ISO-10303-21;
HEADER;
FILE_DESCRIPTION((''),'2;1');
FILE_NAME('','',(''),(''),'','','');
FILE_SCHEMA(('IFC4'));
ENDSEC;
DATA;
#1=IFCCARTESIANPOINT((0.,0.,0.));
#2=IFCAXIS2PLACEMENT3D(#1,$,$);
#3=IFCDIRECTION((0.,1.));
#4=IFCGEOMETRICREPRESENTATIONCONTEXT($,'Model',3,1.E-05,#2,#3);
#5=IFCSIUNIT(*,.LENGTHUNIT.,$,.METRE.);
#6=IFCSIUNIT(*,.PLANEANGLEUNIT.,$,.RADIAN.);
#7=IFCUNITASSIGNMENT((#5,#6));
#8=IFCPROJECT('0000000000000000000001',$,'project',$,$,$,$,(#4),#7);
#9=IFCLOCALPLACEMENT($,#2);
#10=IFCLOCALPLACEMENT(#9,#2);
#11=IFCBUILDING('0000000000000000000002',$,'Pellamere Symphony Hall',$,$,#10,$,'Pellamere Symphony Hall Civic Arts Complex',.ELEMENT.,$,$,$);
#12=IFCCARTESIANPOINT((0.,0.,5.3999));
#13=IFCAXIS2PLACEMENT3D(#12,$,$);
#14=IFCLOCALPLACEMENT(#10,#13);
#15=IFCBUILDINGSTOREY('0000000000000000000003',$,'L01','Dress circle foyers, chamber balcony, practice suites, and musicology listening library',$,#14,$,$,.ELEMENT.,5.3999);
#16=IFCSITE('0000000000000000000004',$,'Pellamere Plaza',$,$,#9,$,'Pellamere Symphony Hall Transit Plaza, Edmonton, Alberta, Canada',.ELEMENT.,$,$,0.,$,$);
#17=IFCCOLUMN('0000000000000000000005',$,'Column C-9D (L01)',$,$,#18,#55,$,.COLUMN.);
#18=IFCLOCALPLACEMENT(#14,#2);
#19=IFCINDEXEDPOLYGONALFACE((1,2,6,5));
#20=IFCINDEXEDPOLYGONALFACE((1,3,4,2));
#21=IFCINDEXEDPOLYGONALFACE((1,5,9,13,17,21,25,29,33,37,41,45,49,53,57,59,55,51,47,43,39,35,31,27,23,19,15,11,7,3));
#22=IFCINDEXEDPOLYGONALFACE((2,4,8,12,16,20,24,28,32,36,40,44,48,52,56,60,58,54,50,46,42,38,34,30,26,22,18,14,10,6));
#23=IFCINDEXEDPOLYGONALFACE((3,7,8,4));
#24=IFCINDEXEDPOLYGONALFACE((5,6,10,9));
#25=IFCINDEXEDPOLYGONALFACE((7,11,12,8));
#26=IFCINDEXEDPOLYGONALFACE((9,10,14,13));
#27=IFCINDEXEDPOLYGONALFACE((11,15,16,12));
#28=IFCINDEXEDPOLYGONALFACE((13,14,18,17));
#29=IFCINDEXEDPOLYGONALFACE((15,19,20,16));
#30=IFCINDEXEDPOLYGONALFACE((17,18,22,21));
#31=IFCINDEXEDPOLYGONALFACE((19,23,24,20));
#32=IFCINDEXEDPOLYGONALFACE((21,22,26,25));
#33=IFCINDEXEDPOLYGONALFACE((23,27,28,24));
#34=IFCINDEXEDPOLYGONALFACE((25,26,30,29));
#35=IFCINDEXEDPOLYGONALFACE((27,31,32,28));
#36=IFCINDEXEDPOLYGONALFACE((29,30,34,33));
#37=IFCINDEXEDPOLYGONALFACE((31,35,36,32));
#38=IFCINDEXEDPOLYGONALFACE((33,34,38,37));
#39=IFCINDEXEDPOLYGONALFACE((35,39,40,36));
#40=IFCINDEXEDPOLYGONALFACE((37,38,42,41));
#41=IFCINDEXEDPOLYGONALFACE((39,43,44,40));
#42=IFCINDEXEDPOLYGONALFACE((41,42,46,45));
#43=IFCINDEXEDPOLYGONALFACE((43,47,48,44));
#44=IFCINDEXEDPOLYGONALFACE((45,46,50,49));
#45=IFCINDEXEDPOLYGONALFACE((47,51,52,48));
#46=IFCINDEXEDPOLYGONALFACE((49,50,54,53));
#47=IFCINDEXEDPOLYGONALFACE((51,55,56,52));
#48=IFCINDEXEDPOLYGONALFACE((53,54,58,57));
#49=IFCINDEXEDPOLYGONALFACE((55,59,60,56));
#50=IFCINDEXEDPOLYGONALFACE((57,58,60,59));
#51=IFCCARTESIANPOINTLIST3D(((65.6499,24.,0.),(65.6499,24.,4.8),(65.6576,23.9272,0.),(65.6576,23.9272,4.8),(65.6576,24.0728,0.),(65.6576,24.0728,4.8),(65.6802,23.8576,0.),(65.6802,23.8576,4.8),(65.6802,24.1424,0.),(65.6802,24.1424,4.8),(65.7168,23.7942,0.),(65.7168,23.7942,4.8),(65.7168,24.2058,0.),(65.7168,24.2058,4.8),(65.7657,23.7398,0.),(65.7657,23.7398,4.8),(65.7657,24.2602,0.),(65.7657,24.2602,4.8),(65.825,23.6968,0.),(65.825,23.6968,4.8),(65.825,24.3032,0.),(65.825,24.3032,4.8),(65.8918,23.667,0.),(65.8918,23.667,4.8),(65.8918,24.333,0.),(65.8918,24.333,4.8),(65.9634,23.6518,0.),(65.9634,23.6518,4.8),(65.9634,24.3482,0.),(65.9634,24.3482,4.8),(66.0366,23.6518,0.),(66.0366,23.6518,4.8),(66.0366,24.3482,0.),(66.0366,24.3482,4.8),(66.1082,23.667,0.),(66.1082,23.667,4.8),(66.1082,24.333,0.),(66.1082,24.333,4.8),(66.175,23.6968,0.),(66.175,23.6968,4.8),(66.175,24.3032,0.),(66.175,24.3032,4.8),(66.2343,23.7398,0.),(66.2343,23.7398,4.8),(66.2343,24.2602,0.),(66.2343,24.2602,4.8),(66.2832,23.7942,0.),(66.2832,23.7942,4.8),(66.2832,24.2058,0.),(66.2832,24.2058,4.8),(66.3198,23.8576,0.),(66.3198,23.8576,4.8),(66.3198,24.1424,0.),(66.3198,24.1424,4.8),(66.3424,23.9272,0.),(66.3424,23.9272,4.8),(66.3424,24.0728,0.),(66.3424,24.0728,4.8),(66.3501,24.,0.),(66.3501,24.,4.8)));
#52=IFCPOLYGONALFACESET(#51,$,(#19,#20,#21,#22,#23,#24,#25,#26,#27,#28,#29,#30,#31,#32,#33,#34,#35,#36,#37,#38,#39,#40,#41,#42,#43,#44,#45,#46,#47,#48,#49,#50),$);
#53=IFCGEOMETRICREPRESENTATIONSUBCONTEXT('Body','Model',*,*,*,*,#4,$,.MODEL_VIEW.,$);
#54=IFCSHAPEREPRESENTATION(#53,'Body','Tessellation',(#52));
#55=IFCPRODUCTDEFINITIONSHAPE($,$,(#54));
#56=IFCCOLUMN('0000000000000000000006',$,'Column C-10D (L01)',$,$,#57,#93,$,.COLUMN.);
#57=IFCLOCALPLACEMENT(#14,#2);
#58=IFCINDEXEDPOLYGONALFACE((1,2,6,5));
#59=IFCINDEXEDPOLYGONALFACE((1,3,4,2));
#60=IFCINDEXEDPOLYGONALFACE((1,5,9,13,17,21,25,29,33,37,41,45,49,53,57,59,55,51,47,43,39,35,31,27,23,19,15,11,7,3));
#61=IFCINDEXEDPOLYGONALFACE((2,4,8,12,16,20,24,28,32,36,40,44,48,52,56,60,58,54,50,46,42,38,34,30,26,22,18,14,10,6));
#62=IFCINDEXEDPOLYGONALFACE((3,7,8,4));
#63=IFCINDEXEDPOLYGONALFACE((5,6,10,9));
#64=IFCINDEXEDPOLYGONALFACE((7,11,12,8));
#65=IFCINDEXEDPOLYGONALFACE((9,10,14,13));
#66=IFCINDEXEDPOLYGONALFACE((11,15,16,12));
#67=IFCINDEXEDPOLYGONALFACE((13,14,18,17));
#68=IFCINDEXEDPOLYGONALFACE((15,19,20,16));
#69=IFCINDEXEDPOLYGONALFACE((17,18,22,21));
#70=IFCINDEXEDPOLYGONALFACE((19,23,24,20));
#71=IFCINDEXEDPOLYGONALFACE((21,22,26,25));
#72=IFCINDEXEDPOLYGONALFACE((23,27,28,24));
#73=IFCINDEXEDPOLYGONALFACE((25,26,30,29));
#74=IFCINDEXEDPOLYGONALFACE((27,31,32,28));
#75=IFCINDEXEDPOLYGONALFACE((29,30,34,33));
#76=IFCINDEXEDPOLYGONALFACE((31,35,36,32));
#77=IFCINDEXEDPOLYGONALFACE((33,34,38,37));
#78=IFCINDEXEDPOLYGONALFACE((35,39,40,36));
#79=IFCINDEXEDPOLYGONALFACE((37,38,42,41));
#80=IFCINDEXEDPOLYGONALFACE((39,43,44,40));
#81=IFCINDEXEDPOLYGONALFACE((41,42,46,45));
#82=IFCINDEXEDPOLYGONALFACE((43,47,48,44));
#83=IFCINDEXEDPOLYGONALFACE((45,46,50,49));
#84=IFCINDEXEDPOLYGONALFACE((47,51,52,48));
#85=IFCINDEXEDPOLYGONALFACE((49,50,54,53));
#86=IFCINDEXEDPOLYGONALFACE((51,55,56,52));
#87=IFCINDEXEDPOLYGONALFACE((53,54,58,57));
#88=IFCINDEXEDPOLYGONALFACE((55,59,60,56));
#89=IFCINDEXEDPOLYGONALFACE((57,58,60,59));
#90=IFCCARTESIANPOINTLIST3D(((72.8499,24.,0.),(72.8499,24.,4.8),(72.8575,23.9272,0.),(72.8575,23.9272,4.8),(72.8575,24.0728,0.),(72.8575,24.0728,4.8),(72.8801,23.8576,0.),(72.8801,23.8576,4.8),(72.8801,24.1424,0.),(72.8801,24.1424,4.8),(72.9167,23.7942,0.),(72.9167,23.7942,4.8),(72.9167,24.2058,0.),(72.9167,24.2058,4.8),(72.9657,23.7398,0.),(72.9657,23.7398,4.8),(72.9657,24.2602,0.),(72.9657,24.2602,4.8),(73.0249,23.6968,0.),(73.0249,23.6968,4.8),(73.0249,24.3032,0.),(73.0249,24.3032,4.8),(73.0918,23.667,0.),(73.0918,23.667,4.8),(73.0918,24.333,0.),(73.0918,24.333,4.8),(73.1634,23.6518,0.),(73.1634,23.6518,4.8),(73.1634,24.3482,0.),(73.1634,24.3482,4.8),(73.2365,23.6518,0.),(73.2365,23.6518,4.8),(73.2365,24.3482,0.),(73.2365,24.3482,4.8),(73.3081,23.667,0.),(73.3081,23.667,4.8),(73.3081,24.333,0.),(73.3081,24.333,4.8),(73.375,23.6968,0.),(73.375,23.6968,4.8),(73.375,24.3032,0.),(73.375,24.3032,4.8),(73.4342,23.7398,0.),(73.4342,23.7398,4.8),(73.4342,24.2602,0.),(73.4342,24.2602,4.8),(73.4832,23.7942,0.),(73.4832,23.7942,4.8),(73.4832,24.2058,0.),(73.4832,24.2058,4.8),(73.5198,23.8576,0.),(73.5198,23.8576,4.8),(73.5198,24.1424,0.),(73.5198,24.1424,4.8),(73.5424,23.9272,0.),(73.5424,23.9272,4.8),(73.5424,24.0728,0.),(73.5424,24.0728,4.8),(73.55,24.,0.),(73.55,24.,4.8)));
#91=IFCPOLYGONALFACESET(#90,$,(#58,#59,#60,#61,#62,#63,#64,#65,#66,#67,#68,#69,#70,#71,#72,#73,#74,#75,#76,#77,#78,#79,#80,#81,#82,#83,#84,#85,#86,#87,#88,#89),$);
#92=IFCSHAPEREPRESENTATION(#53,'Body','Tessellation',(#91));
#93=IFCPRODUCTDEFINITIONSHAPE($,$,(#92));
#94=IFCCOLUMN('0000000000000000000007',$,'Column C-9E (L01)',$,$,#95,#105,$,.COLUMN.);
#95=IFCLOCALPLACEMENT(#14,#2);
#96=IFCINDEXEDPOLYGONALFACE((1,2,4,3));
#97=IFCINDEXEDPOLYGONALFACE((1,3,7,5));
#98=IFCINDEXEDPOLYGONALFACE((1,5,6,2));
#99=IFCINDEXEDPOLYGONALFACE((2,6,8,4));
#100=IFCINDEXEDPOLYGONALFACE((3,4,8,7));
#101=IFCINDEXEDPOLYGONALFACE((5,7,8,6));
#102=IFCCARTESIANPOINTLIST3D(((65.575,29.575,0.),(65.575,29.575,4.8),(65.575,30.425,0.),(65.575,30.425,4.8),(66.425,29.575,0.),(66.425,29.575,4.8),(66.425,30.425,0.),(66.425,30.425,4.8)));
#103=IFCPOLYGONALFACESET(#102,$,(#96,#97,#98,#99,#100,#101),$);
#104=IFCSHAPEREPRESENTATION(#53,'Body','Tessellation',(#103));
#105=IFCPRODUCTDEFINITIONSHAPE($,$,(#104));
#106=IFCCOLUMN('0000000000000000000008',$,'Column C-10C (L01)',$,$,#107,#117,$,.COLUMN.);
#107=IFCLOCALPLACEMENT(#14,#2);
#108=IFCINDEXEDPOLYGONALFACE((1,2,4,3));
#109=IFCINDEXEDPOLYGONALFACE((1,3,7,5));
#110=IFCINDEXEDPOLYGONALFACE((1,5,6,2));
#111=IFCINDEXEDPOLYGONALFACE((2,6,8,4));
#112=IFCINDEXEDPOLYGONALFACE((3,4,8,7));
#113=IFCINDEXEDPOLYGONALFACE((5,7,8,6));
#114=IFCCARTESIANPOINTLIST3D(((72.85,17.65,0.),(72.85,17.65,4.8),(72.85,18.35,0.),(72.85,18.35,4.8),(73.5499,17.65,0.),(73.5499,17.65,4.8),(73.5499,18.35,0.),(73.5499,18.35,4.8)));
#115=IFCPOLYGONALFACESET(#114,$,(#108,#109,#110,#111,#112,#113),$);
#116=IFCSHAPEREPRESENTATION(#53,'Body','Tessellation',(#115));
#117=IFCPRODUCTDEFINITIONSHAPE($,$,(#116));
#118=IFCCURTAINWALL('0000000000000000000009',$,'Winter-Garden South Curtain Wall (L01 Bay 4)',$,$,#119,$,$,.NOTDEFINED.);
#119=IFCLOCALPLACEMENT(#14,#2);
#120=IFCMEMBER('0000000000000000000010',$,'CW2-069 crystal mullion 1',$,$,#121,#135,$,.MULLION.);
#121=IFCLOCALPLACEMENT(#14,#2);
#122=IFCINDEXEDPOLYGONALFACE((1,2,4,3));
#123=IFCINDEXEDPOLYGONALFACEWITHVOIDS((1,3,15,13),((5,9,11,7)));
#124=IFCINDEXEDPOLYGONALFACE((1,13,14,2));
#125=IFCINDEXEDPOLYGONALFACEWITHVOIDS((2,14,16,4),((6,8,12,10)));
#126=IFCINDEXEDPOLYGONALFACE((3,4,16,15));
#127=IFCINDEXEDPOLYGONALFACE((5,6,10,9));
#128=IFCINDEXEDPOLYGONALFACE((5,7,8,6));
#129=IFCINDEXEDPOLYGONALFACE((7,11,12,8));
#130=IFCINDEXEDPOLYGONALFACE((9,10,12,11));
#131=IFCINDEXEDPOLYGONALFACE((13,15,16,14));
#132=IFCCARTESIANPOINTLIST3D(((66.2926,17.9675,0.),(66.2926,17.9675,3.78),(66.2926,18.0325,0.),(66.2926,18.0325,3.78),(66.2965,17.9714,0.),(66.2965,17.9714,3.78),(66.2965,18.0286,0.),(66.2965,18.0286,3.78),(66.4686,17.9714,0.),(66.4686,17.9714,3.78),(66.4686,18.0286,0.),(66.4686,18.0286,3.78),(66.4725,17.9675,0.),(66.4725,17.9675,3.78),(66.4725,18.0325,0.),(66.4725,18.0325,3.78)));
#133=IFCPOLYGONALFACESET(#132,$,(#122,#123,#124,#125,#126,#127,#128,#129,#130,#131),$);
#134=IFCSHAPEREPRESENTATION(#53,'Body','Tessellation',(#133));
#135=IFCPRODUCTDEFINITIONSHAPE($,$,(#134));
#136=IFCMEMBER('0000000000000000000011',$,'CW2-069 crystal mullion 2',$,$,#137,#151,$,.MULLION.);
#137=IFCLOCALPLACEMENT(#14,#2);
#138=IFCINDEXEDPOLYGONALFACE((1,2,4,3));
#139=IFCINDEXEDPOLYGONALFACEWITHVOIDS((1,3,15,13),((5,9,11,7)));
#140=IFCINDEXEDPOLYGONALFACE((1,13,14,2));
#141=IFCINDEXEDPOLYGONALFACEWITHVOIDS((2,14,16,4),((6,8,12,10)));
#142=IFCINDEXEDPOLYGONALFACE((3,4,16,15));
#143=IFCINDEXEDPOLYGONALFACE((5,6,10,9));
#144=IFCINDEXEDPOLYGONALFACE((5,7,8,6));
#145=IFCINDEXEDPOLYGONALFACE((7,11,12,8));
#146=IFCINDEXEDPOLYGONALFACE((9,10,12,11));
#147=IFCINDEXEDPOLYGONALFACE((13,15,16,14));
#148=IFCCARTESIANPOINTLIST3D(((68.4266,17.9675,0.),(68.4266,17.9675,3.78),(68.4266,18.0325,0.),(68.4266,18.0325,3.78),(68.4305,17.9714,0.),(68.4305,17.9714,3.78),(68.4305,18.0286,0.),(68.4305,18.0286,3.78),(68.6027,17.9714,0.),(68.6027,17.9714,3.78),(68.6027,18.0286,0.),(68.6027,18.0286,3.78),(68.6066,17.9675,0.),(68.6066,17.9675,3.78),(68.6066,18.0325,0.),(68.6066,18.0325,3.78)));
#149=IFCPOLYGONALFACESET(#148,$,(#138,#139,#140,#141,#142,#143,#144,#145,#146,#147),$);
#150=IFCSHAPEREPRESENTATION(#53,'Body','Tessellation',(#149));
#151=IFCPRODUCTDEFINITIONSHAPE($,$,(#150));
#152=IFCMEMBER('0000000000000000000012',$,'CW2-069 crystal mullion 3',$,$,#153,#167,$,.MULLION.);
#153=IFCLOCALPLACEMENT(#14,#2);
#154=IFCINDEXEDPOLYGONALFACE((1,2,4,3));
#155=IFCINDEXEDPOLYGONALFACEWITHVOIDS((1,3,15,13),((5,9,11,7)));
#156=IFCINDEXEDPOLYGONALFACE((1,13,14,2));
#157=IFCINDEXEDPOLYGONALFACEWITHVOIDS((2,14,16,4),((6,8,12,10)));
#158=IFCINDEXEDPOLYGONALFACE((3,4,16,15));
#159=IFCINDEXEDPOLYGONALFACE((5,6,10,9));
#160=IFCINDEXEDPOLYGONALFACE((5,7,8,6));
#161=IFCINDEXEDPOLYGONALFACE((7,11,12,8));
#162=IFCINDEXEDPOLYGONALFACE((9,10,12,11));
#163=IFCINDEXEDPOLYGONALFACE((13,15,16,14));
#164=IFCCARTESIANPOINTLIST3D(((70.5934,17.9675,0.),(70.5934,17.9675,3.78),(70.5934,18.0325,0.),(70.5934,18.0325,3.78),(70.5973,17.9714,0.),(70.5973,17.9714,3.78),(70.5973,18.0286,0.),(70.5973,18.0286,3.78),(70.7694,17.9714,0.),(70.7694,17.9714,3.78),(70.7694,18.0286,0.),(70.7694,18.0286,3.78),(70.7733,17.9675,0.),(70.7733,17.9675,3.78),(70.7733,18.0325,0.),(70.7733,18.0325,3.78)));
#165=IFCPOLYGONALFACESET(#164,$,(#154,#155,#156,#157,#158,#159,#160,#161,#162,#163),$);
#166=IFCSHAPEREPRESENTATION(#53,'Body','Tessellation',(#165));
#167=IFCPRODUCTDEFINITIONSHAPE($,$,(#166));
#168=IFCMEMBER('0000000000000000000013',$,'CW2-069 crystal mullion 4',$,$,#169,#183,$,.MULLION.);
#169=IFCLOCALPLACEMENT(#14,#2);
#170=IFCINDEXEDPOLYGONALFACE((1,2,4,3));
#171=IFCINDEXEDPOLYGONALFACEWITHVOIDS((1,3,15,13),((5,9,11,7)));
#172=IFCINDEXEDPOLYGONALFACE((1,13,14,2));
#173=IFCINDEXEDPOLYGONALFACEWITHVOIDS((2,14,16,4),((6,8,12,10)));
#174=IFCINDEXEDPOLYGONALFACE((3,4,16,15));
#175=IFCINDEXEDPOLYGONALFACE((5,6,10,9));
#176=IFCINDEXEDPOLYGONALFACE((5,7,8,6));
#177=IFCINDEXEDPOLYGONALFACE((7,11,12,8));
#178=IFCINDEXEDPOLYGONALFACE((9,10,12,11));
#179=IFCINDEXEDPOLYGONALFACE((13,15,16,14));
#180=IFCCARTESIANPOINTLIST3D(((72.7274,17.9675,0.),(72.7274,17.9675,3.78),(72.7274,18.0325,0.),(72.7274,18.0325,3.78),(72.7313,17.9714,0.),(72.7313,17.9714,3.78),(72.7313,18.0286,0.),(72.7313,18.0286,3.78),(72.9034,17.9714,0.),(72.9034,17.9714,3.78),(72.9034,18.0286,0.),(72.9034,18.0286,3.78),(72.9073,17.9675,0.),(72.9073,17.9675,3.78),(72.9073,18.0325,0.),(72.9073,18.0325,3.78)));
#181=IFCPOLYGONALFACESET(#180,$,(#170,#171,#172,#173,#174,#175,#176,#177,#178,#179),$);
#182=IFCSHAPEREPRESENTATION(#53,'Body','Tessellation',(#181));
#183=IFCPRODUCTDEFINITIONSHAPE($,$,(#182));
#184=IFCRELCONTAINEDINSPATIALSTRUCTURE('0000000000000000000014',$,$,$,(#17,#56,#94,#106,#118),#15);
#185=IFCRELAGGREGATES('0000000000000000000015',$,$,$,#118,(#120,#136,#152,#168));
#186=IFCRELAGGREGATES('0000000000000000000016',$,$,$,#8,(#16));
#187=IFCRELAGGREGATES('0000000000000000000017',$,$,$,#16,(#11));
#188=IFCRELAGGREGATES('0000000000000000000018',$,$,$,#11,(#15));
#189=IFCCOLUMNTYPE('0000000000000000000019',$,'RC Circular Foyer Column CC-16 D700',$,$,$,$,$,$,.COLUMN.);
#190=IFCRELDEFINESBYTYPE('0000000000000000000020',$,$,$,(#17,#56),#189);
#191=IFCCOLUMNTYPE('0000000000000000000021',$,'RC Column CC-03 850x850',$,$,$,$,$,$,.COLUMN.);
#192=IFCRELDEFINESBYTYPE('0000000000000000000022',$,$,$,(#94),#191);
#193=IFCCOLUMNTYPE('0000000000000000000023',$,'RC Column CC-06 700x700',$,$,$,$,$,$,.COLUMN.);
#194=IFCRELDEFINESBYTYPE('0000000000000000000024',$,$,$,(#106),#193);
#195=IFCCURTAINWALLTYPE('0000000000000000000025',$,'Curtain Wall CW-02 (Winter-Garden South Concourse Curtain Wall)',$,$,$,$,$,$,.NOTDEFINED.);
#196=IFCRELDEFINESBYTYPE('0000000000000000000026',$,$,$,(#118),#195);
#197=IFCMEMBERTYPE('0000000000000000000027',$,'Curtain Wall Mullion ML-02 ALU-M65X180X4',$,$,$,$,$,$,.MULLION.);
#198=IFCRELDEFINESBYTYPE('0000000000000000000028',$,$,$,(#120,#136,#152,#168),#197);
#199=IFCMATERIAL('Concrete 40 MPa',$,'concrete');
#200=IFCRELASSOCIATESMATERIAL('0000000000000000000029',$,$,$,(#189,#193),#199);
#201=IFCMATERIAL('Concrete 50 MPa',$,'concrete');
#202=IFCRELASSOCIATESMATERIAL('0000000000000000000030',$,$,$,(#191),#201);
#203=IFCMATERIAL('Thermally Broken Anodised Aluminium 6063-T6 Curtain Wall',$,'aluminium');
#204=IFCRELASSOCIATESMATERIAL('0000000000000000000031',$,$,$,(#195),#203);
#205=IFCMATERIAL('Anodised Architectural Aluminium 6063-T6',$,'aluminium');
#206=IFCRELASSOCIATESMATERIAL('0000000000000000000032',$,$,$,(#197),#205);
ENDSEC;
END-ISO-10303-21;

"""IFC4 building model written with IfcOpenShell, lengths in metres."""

from ifc_helpers import new_model, si_unit, direction, frame, origin, origin_2d, place, context, subcontext, project, spatial, rectangle, hollow_rectangle, circle, extrude, material, material_profile, profile_set, type_object, element, aggregate, save


model = new_model("IFC4")

# Units and contexts
model_context = context("Model", 3, precision=1e-05, world=origin(), true_north=direction((0.0, 1.0)))
body_context = subcontext(model_context, "Body", "Model", "MODEL_VIEW")
ifc_project = project(units=[si_unit("LENGTHUNIT", "METRE"), si_unit("PLANEANGLEUNIT", "RADIAN")], contexts=[model_context])

# Site, building, storey
site_placement = place(None, origin())
site = spatial("IfcSite", under=ifc_project, at=site_placement, Name="Pellamere Plaza", LongName="Pellamere Symphony Hall Transit Plaza, Edmonton, Alberta, Canada", CompositionType="ELEMENT", RefElevation=0.0)
building_placement = place(site_placement, origin())
building = spatial("IfcBuilding", under=site, at=building_placement, Name="Pellamere Symphony Hall", LongName="Pellamere Symphony Hall Civic Arts Complex", CompositionType="ELEMENT")
storey_placement = place(building_placement, frame((0.0, 0.0, 5.3999)))
storey = spatial("IfcBuildingStorey", under=building, at=storey_placement, Name="L01", Description="Dress circle foyers, chamber balcony, practice suites, and musicology listening library", CompositionType="ELEMENT", Elevation=5.3999)

# Columns
ifc_material_1 = material(Name="Concrete 40 MPa", Category="concrete")
ifc_material_profile_1 = material_profile(ifc_material_1, circle(Radius=0.3501, at=origin_2d()), Name="RCCOL D700")
ifc_profile_set_1 = profile_set([ifc_material_profile_1], Name="Concrete 40 MPa")
column_type_1 = type_object("IfcColumnType", Name="RC Circular Foyer Column CC-16 D700", PredefinedType="COLUMN", material=ifc_profile_set_1)
for number, where, z_axis, x_axis, name in (
    (1, (66.0, 24.0, 0.0), (0.0, 0.0, 1.0), (1.0, 0.0, 0.0), "Column C-9D (L01)"),
    (2, (73.2, 24.0, 0.0), (0.0, 0.0, 1.0), (1.0, 0.0, 0.0), "Column C-10D (L01)"),
):
    element("IfcColumn", number, at=place(storey_placement, frame(where, z_axis=z_axis, x_axis=x_axis)), inside=storey, type_object=column_type_1, Name=name, PredefinedType="COLUMN", context=body_context, shape_type="SweptSolid", body=[
        extrude(circle(Radius=0.3501, at=origin_2d()), origin(), (0.0, 0.0, 1.0), 4.8),
    ])
ifc_material_2 = material(Name="Concrete 50 MPa", Category="concrete")
ifc_material_profile_2 = material_profile(ifc_material_2, rectangle(XDim=0.8501, YDim=0.8501, at=origin_2d()), Name="RC 850x850")
ifc_profile_set_2 = profile_set([ifc_material_profile_2], Name="Concrete 50 MPa")
column_type_2 = type_object("IfcColumnType", Name="RC Column CC-03 850x850", PredefinedType="COLUMN", material=ifc_profile_set_2)
column_1_placement = place(storey_placement, frame((66.0, 30.0, 0.0), z_axis=(0.0, 0.0, 1.0), x_axis=(1.0, 0.0, 0.0)))
element("IfcColumn", 3, at=column_1_placement, inside=storey, type_object=column_type_2, Name="Column C-9E (L01)", PredefinedType="COLUMN", context=body_context, shape_type="SweptSolid", body=[
    extrude(rectangle(XDim=0.8501, YDim=0.8501, at=origin_2d()), origin(), (0.0, 0.0, 1.0), 4.8),
])
ifc_material_profile_3 = material_profile(ifc_material_1, rectangle(XDim=0.7, YDim=0.7, at=origin_2d()), Name="RC 700x700")
ifc_profile_set_3 = profile_set([ifc_material_profile_3], Name="Concrete 40 MPa")
column_type_3 = type_object("IfcColumnType", Name="RC Column CC-06 700x700", PredefinedType="COLUMN", material=ifc_profile_set_3)
column_2_placement = place(storey_placement, frame((73.2, 18.0, 0.0), z_axis=(0.0, 0.0, 1.0), x_axis=(1.0, 0.0, 0.0)))
element("IfcColumn", 4, at=column_2_placement, inside=storey, type_object=column_type_3, Name="Column C-10C (L01)", PredefinedType="COLUMN", context=body_context, shape_type="SweptSolid", body=[
    extrude(rectangle(XDim=0.7, YDim=0.7, at=origin_2d()), origin(), (0.0, 0.0, 1.0), 4.8),
])

# Curtain wall, members
ifc_material_3 = material(Name="Thermally Broken Anodised Aluminium 6063-T6 Curtain Wall", Category="aluminium")
curtain_wall_type = type_object("IfcCurtainWallType", Name="Curtain Wall CW-02 (Winter-Garden South Concourse Curtain Wall)", PredefinedType="NOTDEFINED", material=ifc_material_3)
curtain_wall_placement = place(storey_placement, origin())
curtain_wall = element("IfcCurtainWall", 5, at=curtain_wall_placement, inside=storey, type_object=curtain_wall_type, Name="Winter-Garden South Curtain Wall (L01 Bay 4)", PredefinedType="NOTDEFINED")
ifc_material_4 = material(Name="Anodised Architectural Aluminium 6063-T6", Category="aluminium")
ifc_material_profile_4 = material_profile(ifc_material_4, hollow_rectangle(XDim=0.0649, YDim=0.1799, WallThickness=0.0039, at=origin_2d()), Name="ALU-M65X180X4")
ifc_profile_set_4 = profile_set([ifc_material_profile_4], Name="Anodised Architectural Aluminium 6063-T6")
member_type_1 = type_object("IfcMemberType", Name="Curtain Wall Mullion ML-02 ALU-M65X180X4", PredefinedType="MULLION", material=ifc_profile_set_4)
member_1_placement = place(storey_placement, frame((66.3826, 18.0, 0.0), z_axis=(0.0, 0.0, 1.0), x_axis=(0.0, 1.0, 0.0)))
member_1 = element("IfcMember", 6, at=member_1_placement, type_object=member_type_1, Name="CW2-069 crystal mullion 1", PredefinedType="MULLION", context=body_context, shape_type="SweptSolid", body=[
    extrude(hollow_rectangle(XDim=0.0649, YDim=0.1799, WallThickness=0.0039, at=origin_2d()), origin(), (0.0, 0.0, 1.0), 3.78),
])
member_2_placement = place(storey_placement, frame((68.5166, 18.0, 0.0), z_axis=(0.0, 0.0, 1.0), x_axis=(0.0, 1.0, 0.0)))
member_2 = element("IfcMember", 7, at=member_2_placement, type_object=member_type_1, Name="CW2-069 crystal mullion 2", PredefinedType="MULLION", context=body_context, shape_type="SweptSolid", body=[
    extrude(hollow_rectangle(XDim=0.0649, YDim=0.1799, WallThickness=0.0039, at=origin_2d()), origin(), (0.0, 0.0, 1.0), 3.78),
])
member_3_placement = place(storey_placement, frame((70.6833, 18.0, 0.0), z_axis=(0.0, 0.0, 1.0), x_axis=(0.0, 1.0, 0.0)))
member_3 = element("IfcMember", 8, at=member_3_placement, type_object=member_type_1, Name="CW2-069 crystal mullion 3", PredefinedType="MULLION", context=body_context, shape_type="SweptSolid", body=[
    extrude(hollow_rectangle(XDim=0.0649, YDim=0.1799, WallThickness=0.0039, at=origin_2d()), origin(), (0.0, 0.0, 1.0), 3.78),
])
member_4_placement = place(storey_placement, frame((72.8174, 18.0, 0.0), z_axis=(0.0, 0.0, 1.0), x_axis=(0.0, 1.0, 0.0)))
member_4 = element("IfcMember", 9, at=member_4_placement, type_object=member_type_1, Name="CW2-069 crystal mullion 4", PredefinedType="MULLION", context=body_context, shape_type="SweptSolid", body=[
    extrude(hollow_rectangle(XDim=0.0649, YDim=0.1799, WallThickness=0.0039, at=origin_2d()), origin(), (0.0, 0.0, 1.0), 3.78),
])

aggregate(curtain_wall, [member_1, member_2, member_3, member_4])

save(model, "model.ifc")
